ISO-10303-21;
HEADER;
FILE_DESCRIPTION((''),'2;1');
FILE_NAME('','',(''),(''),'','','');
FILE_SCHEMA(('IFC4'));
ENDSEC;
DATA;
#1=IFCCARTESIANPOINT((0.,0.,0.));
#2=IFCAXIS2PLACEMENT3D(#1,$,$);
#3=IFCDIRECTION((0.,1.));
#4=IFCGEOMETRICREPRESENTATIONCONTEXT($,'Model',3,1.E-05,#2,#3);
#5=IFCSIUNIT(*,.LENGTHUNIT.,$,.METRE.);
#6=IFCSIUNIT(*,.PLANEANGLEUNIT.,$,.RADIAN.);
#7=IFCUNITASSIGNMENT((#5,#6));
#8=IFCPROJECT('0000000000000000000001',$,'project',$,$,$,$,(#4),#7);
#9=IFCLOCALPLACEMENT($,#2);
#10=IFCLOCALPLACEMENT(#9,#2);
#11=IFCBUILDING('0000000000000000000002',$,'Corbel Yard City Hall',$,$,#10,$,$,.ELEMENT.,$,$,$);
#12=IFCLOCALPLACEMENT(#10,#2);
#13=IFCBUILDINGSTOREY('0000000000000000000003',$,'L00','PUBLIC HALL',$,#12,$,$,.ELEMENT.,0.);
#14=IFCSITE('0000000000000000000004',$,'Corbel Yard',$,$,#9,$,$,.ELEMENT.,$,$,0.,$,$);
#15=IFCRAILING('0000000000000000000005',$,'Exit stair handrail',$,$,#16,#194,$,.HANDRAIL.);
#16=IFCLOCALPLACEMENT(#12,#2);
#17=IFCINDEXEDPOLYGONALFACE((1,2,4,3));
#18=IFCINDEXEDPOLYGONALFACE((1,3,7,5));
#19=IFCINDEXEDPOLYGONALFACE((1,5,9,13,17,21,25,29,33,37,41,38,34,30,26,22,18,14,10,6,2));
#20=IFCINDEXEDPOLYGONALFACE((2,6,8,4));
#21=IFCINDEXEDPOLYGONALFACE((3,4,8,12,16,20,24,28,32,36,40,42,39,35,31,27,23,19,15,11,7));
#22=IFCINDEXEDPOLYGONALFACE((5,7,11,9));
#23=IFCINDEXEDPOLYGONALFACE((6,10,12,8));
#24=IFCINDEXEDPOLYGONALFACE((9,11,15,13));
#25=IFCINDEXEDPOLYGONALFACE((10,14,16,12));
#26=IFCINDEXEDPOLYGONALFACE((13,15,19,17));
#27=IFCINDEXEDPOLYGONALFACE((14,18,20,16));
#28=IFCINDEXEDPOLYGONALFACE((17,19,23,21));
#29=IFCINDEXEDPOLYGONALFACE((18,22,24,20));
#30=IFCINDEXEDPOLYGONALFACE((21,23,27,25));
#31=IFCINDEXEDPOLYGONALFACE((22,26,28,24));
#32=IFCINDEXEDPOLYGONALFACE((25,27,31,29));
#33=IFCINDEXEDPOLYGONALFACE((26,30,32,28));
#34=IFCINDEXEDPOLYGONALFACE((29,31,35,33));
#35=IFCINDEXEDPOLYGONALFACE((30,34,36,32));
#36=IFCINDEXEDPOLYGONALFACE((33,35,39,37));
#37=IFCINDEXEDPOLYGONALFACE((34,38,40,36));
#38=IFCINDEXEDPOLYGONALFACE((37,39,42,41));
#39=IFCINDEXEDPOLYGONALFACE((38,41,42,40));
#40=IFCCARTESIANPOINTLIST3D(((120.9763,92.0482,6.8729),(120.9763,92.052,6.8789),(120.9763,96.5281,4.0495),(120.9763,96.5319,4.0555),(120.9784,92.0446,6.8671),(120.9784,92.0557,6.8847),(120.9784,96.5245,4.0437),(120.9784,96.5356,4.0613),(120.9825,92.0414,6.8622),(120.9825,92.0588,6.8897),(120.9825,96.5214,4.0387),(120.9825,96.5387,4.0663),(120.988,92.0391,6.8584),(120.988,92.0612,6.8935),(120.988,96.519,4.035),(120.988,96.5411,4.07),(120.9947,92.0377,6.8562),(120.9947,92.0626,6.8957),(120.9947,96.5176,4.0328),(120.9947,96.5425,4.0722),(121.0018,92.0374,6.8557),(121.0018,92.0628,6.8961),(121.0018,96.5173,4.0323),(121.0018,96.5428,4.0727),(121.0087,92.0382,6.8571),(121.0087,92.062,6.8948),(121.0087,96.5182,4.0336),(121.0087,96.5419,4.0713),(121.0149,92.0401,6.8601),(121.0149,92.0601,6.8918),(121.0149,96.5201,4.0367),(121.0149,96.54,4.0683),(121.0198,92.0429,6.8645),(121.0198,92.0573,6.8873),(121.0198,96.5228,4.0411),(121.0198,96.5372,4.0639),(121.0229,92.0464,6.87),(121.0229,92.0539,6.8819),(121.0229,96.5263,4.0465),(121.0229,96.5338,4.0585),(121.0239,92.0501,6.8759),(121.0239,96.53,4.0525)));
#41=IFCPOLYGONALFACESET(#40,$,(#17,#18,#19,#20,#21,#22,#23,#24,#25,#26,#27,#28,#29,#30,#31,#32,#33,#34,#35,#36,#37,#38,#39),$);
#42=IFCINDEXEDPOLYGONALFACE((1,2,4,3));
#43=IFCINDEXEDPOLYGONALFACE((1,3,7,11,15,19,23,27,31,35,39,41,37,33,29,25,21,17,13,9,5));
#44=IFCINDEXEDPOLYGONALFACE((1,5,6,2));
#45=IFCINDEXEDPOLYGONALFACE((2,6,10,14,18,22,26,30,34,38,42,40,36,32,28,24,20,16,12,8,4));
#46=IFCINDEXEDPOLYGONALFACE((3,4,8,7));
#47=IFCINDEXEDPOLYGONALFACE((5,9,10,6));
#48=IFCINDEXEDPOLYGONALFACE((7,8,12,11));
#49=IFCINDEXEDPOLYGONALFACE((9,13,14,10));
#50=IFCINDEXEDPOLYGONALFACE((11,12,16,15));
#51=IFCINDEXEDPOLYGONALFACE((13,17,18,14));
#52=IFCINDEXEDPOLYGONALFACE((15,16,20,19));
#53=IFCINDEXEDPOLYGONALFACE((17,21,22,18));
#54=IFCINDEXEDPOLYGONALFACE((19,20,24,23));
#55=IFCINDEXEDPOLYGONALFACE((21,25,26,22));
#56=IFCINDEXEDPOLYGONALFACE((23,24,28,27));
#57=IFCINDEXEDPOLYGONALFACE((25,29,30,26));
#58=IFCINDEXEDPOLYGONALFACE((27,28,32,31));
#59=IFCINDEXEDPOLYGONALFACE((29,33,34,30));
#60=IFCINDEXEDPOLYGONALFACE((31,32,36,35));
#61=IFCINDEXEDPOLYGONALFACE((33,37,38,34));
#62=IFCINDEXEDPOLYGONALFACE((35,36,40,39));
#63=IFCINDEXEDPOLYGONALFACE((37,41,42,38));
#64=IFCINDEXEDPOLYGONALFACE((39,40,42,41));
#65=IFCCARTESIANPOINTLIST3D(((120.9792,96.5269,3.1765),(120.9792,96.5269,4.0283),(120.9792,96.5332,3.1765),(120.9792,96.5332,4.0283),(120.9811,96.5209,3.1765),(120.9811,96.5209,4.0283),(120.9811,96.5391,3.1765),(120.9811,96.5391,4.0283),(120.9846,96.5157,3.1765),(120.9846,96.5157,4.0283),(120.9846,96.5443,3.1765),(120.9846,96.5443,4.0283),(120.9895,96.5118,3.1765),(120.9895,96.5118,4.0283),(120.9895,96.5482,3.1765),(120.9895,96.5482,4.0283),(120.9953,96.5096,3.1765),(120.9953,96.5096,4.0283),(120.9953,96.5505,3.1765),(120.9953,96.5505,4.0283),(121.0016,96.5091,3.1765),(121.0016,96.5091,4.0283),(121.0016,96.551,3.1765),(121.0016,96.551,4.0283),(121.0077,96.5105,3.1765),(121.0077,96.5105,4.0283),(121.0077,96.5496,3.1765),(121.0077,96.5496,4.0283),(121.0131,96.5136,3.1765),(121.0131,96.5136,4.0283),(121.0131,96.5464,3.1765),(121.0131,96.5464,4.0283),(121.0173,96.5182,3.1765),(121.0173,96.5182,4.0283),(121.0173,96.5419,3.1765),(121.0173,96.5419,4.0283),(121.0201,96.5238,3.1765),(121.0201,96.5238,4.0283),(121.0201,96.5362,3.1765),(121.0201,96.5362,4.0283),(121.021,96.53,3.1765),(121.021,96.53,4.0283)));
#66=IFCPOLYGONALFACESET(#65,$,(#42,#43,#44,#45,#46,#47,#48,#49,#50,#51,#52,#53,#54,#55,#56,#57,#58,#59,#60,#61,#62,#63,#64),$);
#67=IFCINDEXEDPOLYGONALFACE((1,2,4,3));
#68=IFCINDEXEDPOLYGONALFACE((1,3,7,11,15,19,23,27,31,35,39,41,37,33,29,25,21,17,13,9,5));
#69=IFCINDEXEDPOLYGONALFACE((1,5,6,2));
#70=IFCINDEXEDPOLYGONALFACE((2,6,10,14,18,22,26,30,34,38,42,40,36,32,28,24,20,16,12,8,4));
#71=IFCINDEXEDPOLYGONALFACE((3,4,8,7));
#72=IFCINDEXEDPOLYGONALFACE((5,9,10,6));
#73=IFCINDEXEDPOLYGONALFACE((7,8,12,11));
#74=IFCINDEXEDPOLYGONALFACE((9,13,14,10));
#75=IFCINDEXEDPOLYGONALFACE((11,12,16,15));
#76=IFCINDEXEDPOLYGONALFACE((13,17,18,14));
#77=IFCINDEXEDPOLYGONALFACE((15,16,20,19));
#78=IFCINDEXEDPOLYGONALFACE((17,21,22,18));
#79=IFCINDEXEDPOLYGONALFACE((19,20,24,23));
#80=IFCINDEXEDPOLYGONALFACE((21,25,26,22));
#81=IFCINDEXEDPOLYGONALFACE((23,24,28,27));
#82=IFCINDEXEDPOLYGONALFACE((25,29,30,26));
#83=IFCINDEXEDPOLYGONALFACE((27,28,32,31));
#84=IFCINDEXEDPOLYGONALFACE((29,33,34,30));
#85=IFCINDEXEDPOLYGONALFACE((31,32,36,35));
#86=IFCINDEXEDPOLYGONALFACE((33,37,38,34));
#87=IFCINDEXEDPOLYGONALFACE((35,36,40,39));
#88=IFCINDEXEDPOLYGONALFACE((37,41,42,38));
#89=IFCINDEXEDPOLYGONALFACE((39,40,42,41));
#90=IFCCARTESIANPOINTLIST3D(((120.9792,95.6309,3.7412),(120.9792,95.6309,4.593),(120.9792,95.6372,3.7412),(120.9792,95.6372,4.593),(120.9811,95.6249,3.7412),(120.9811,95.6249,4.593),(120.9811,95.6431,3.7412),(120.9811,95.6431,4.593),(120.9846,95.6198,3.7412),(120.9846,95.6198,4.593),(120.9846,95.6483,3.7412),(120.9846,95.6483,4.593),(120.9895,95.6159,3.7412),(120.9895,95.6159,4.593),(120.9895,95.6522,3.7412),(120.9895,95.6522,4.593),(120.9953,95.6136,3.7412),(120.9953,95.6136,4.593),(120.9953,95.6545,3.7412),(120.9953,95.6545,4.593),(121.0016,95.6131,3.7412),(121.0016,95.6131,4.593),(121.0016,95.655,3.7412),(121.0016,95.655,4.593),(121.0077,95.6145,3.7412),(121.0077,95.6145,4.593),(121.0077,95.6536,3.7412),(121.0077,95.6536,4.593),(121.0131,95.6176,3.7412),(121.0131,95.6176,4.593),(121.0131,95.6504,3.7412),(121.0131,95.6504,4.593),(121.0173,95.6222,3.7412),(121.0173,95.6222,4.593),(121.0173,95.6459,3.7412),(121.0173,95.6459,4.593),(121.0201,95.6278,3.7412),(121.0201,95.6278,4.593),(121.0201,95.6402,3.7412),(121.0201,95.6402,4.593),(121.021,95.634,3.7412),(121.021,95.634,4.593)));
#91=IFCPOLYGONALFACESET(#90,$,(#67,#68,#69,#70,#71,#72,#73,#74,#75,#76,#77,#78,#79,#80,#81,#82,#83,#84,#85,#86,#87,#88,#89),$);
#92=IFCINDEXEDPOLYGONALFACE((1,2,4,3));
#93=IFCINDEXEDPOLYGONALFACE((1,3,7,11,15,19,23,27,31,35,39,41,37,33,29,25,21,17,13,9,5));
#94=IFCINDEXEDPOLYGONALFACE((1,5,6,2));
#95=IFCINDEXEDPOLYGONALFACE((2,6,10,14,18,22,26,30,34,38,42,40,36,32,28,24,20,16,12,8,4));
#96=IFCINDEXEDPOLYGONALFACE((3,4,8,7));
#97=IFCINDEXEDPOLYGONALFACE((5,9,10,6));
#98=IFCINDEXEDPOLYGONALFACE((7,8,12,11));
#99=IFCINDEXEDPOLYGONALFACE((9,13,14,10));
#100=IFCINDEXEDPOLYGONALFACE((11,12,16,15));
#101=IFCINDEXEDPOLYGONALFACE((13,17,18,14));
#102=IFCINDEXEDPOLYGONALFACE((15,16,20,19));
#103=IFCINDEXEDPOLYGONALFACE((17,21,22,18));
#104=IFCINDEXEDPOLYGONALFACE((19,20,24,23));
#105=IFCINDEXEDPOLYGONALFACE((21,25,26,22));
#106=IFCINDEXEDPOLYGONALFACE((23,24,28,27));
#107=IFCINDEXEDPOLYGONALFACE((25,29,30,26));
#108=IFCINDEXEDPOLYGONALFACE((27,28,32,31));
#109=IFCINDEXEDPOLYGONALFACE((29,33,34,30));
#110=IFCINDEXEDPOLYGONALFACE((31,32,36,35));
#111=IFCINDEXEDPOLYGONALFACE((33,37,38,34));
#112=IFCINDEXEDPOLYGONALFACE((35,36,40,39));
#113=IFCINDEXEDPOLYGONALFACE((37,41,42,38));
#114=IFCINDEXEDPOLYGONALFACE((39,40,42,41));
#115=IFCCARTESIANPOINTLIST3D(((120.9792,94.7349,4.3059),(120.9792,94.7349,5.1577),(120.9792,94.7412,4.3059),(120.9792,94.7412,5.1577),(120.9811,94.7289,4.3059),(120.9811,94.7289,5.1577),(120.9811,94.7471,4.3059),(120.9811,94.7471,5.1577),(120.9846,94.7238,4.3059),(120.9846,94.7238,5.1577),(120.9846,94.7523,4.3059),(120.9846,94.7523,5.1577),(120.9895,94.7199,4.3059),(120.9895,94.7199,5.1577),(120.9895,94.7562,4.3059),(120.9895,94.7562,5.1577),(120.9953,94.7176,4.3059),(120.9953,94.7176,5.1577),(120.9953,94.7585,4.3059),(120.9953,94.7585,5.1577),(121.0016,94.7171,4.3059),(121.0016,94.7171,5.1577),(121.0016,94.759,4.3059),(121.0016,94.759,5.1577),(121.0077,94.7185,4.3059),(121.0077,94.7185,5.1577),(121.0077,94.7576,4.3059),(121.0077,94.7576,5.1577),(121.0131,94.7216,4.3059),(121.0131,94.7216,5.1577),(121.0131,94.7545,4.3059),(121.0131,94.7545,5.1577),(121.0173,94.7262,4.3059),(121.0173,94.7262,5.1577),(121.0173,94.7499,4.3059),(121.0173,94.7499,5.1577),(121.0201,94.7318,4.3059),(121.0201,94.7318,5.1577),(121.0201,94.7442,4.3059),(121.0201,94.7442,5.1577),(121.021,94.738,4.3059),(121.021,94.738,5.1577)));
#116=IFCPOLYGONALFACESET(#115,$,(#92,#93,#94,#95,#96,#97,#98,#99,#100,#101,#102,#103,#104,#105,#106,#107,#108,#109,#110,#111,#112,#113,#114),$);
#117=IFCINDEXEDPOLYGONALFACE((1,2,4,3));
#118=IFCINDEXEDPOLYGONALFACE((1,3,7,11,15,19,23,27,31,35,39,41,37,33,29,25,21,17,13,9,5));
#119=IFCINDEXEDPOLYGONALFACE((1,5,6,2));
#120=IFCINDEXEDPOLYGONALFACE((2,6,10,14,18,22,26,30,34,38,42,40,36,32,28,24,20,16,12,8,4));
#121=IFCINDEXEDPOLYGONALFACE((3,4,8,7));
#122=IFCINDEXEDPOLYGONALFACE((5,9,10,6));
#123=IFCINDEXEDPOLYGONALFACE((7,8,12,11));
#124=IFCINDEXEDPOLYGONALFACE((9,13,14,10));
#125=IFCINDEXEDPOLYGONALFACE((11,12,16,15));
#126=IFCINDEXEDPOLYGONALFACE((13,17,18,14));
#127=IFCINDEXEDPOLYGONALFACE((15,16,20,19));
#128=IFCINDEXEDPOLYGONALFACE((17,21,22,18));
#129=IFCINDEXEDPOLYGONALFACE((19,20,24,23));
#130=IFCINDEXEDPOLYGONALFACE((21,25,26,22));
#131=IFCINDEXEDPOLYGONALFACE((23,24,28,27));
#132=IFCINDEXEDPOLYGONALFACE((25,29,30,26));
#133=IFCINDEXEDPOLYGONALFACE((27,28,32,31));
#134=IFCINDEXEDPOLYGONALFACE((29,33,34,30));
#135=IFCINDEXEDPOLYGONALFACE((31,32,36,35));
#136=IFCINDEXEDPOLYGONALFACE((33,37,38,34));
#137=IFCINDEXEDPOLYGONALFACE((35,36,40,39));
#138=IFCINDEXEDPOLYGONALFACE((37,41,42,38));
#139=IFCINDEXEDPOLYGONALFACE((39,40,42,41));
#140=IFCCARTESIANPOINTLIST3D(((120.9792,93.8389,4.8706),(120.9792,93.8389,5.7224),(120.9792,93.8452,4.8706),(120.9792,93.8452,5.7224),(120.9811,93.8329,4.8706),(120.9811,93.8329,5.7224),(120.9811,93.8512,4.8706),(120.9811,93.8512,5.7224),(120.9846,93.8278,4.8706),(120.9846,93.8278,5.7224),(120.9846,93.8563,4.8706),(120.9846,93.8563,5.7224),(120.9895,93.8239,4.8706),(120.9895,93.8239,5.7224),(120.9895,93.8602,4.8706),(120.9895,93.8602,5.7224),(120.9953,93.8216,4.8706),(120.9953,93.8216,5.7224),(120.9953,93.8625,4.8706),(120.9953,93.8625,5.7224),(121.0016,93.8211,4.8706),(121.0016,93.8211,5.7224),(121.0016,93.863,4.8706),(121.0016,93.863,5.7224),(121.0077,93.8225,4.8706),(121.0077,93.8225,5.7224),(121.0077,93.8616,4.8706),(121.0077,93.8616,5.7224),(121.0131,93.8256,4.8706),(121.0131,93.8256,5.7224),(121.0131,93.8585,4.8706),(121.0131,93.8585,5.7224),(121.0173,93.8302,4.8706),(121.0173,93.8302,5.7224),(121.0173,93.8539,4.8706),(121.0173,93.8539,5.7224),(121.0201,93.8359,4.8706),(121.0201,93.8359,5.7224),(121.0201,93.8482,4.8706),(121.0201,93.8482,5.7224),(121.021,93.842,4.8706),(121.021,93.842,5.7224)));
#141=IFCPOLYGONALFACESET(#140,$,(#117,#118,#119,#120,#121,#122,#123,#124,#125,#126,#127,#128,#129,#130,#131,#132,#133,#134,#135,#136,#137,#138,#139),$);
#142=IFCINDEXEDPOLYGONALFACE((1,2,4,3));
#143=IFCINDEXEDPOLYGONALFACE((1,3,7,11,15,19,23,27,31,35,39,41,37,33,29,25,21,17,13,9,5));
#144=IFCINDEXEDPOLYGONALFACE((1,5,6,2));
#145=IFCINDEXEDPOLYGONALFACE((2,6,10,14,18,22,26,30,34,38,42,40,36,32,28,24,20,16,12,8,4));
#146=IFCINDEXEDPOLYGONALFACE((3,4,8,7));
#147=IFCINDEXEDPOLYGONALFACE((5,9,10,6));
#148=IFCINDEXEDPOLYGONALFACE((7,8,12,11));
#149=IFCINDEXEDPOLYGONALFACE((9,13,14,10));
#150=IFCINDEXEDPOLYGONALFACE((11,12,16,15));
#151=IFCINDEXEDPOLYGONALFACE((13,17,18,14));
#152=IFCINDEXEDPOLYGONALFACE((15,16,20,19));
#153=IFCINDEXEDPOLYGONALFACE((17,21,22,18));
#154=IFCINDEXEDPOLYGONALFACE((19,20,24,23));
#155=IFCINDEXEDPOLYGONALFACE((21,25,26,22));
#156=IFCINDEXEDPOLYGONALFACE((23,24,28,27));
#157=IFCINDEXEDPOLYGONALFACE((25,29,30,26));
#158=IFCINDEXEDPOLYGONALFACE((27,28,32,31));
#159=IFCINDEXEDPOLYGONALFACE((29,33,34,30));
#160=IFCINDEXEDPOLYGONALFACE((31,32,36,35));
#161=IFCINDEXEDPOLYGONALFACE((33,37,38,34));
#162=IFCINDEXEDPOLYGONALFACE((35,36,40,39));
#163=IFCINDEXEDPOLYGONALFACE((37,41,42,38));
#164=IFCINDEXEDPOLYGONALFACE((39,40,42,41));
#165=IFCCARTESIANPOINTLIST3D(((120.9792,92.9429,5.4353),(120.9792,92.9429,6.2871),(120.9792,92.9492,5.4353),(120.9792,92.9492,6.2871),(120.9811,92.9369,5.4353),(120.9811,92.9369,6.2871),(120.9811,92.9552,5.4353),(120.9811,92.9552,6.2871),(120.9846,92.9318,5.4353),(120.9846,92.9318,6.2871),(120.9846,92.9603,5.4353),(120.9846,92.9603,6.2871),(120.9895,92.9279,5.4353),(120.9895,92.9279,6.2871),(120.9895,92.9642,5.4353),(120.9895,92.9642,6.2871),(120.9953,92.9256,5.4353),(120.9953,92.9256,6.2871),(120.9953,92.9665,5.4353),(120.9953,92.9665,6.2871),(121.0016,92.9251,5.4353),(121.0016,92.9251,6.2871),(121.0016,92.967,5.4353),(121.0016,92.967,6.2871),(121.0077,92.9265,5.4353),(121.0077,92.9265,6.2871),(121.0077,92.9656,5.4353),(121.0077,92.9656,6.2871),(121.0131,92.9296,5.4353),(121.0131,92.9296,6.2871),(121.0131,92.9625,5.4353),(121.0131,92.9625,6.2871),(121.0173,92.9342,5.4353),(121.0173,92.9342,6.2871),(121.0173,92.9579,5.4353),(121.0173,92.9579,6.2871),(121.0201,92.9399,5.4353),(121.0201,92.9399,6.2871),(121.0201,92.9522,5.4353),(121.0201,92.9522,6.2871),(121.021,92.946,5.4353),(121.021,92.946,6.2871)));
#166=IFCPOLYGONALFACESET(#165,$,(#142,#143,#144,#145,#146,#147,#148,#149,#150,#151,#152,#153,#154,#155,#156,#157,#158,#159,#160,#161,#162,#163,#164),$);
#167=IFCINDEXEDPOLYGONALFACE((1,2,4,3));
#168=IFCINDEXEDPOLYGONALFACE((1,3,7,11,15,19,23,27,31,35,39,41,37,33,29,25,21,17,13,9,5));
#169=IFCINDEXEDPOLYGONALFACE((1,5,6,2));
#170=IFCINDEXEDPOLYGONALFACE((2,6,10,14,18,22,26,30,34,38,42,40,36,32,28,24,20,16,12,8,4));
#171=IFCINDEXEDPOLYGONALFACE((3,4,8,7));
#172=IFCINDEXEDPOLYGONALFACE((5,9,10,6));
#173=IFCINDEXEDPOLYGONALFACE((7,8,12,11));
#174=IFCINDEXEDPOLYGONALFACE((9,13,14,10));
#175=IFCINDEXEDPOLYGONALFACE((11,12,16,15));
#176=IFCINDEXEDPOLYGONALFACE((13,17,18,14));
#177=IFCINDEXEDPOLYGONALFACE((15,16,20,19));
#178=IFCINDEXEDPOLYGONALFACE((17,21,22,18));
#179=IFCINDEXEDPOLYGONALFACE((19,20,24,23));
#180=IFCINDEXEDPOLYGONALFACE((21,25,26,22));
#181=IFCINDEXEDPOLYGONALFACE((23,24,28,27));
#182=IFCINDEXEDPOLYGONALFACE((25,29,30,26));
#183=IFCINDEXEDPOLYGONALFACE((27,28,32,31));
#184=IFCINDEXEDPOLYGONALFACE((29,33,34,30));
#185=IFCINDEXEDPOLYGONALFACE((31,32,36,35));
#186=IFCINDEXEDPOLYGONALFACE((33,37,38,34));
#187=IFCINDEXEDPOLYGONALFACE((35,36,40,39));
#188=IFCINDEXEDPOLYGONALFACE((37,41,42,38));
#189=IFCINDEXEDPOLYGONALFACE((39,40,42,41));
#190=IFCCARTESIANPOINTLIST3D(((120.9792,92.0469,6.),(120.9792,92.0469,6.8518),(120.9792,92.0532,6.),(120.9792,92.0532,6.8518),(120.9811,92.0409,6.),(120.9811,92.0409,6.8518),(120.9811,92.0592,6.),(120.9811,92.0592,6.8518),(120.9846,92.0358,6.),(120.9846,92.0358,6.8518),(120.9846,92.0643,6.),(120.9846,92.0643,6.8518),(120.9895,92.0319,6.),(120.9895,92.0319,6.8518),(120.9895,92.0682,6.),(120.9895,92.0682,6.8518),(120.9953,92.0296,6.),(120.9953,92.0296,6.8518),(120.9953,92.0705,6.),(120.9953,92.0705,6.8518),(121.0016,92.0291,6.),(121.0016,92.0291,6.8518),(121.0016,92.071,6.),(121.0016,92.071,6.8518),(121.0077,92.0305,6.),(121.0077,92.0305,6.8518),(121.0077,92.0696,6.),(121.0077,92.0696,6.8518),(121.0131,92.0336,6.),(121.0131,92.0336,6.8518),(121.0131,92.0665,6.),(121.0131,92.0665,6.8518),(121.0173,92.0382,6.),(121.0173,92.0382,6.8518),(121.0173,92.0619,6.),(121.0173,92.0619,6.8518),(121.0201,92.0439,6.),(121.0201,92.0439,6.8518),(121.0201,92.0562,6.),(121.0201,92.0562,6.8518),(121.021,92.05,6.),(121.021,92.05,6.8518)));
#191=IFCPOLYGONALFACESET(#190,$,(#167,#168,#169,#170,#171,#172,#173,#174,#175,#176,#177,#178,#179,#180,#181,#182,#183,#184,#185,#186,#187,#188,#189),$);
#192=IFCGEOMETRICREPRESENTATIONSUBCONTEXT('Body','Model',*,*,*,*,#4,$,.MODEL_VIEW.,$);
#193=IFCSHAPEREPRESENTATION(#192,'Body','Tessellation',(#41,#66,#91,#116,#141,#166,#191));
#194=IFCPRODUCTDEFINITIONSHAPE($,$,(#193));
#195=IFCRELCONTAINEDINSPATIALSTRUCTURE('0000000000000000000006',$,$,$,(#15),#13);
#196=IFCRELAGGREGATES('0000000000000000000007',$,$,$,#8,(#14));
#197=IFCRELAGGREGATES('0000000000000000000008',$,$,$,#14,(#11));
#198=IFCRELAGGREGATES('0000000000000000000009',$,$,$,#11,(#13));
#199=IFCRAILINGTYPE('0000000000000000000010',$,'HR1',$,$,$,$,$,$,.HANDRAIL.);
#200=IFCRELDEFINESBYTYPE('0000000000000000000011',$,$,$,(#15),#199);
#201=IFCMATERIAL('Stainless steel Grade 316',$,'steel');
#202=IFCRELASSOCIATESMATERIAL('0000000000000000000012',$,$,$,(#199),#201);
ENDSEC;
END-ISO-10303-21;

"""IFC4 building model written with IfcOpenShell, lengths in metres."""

from ifc_helpers import new_model, si_unit, direction, frame, origin, origin_2d, place, context, subcontext, project, spatial, circle, extrude, material, type_object, element, save


model = new_model("IFC4")

# Units and contexts
model_context = context("Model", 3, precision=1e-05, world=origin(), true_north=direction((0.0, 1.0)))
body_context = subcontext(model_context, "Body", "Model", "MODEL_VIEW")
ifc_project = project(units=[si_unit("LENGTHUNIT", "METRE"), si_unit("PLANEANGLEUNIT", "RADIAN")], contexts=[model_context])

# Site, building, storey
site_placement = place(None, origin())
site = spatial("IfcSite", under=ifc_project, at=site_placement, Name="Corbel Yard", CompositionType="ELEMENT", RefElevation=0.0)
building_placement = place(site_placement, origin())
building = spatial("IfcBuilding", under=site, at=building_placement, Name="Corbel Yard City Hall", CompositionType="ELEMENT")
storey_placement = place(building_placement, origin())
storey = spatial("IfcBuildingStorey", under=building, at=storey_placement, Name="L00", Description="PUBLIC HALL", CompositionType="ELEMENT", Elevation=0.0)

# Shared definitions
ifc_material_1 = material(Name="Stainless steel Grade 316", Category="steel")

# Railing
railing_type = type_object("IfcRailingType", Name="HR1", PredefinedType="HANDRAIL", material=ifc_material_1)
for number, where, name in (
    (1, (121.0, 96.53, 3.1765), "Exit stair handrail"),
):
    element("IfcRailing", number, at=place(storey_placement, frame(where)), inside=storey, type_object=railing_type, Name=name, PredefinedType="HANDRAIL", context=body_context, shape_type="SweptSolid", body=[
        extrude(circle(Radius=0.0239, at=origin_2d()), frame((0.0, 0.0, 0.876), z_axis=(0.0, -0.845998, 0.533186), x_axis=(1.0, 0.0, 0.0)), (0.0, 0.0, 1.0), 5.2954),
        extrude(circle(Radius=0.021, at=origin_2d()), origin(), (0.0, 0.0, 1.0), 0.8518),
        extrude(circle(Radius=0.021, at=origin_2d()), frame((0.0, -0.896, 0.5647)), (0.0, 0.0, 1.0), 0.8518),
        extrude(circle(Radius=0.021, at=origin_2d()), frame((0.0, -1.792, 1.1294)), (0.0, 0.0, 1.0), 0.8518),
        extrude(circle(Radius=0.021, at=origin_2d()), frame((0.0, -2.688, 1.6941)), (0.0, 0.0, 1.0), 0.8518),
        extrude(circle(Radius=0.021, at=origin_2d()), frame((0.0, -3.584, 2.2588)), (0.0, 0.0, 1.0), 0.8518),
        extrude(circle(Radius=0.021, at=origin_2d()), frame((0.0, -4.48, 2.8235)), (0.0, 0.0, 1.0), 0.8518),
    ])

save(model, "model.ifc")
